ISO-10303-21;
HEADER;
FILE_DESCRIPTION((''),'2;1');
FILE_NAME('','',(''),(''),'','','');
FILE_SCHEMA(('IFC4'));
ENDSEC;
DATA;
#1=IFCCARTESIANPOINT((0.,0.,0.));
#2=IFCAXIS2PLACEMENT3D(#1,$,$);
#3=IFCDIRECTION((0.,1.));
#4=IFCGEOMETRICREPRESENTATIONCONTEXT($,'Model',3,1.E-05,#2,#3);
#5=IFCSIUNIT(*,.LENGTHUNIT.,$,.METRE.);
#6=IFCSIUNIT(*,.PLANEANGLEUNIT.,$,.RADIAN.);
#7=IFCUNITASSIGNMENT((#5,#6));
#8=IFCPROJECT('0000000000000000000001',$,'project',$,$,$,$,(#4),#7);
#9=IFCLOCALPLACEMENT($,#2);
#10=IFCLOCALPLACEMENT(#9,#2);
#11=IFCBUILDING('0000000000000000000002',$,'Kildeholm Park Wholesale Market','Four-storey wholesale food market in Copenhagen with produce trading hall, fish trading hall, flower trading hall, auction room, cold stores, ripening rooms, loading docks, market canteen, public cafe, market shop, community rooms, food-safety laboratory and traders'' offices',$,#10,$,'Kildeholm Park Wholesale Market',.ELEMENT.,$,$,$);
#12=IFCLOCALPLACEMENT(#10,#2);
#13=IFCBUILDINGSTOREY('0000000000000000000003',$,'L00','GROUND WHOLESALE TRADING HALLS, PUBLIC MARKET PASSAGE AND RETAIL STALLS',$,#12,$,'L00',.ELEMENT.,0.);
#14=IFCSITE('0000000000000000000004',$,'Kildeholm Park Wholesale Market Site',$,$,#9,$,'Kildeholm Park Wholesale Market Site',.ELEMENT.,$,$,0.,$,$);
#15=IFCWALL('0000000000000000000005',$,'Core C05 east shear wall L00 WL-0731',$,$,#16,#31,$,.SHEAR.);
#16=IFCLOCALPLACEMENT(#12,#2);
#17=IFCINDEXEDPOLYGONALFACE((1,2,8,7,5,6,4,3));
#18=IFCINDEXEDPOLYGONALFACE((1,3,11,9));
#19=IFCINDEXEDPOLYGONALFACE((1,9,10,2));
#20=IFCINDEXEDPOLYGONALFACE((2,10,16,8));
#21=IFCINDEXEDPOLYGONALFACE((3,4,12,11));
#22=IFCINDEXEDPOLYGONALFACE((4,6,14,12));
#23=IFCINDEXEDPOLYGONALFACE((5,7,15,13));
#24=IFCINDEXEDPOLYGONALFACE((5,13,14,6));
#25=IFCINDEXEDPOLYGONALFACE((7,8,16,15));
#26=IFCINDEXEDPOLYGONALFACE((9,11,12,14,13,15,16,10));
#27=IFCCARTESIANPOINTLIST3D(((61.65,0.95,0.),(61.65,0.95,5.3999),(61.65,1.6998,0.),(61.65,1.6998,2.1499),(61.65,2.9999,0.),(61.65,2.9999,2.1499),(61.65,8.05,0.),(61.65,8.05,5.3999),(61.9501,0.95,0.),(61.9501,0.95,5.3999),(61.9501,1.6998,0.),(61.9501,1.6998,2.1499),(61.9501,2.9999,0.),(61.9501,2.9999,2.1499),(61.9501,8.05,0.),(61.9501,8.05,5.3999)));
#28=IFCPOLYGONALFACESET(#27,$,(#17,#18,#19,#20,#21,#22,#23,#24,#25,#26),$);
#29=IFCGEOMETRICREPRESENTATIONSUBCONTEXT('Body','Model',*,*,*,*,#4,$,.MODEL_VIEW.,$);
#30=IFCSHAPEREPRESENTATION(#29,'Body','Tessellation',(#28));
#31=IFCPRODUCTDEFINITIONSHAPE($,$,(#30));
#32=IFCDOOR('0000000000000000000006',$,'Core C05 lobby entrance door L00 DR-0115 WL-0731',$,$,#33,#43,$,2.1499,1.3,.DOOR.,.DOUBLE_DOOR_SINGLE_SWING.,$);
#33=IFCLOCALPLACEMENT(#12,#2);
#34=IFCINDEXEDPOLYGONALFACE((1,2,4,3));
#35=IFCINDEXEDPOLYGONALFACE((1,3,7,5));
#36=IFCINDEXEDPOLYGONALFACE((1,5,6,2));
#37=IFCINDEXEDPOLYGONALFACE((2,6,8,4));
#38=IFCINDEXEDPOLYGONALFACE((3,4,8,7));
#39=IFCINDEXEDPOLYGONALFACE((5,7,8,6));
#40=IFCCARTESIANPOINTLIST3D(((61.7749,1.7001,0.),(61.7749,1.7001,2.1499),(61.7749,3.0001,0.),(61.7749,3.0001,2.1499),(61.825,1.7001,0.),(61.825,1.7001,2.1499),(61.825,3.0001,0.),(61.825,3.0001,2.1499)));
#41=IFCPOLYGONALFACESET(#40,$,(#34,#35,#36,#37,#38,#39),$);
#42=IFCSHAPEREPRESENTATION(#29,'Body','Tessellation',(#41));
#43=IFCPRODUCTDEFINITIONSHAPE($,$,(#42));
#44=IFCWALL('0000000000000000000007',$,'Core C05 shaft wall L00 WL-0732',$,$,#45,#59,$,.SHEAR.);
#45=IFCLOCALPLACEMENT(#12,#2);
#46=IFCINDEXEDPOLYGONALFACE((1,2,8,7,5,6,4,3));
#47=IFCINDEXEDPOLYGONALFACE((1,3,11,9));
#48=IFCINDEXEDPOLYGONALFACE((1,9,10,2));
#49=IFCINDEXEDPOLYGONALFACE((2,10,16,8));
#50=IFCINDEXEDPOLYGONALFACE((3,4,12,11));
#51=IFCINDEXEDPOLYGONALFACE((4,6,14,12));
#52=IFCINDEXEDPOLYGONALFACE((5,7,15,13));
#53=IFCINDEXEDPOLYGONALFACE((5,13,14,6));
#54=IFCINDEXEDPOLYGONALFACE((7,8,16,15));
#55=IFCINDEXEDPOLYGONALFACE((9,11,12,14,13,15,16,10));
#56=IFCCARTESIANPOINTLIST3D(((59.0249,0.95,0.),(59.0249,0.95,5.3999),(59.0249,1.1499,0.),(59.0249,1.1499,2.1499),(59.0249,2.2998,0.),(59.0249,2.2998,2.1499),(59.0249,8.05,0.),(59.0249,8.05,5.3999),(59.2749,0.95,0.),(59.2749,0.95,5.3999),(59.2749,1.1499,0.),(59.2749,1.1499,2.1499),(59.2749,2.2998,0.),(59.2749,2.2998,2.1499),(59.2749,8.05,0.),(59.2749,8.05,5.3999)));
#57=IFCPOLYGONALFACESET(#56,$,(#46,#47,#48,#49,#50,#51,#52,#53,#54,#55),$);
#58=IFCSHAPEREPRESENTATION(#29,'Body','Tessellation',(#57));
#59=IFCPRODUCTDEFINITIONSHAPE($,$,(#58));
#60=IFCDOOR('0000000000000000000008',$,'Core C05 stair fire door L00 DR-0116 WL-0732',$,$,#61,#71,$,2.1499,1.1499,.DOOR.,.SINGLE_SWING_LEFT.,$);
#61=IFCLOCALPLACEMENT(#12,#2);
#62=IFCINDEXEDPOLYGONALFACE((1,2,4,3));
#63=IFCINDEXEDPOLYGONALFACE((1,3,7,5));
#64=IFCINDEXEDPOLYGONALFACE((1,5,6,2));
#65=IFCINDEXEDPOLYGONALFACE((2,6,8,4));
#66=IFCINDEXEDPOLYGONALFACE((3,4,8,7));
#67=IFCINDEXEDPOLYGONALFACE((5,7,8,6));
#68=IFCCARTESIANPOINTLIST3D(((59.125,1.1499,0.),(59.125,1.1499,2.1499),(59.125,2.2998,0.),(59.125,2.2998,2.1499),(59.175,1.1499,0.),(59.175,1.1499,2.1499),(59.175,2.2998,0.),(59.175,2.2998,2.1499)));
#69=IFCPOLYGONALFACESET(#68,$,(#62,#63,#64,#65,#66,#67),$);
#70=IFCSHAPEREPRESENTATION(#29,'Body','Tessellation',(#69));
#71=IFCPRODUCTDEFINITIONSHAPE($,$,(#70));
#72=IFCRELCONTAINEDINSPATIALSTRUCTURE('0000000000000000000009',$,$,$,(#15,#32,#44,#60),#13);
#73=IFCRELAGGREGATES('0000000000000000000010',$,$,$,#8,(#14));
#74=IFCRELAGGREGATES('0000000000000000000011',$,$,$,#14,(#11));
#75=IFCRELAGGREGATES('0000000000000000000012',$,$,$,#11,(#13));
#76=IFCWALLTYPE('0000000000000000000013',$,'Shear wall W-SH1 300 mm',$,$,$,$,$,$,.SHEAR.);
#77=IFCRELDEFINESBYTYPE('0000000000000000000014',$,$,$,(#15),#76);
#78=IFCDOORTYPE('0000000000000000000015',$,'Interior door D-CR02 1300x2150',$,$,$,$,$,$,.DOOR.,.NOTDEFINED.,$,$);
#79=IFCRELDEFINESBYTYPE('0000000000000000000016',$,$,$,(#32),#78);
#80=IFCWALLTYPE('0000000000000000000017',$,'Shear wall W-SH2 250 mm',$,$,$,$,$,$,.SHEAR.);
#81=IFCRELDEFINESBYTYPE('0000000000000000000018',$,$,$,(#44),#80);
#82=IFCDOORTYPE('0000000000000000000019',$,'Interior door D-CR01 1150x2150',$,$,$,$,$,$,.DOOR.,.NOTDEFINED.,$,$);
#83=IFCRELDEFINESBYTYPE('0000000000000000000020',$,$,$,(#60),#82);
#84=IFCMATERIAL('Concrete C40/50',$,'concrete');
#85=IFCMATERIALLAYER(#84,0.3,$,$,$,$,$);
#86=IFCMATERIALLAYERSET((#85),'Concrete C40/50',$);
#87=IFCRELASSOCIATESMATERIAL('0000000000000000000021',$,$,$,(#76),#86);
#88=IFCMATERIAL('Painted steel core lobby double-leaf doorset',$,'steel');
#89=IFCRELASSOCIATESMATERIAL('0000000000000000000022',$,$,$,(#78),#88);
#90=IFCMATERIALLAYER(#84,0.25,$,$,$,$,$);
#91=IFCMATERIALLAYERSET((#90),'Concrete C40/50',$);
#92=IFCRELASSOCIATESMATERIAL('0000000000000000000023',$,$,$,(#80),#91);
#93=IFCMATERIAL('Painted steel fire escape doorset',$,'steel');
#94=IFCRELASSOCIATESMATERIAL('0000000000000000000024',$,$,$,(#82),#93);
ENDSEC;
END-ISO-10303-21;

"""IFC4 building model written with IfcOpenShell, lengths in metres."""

from ifc_helpers import new_model, si_unit, direction, frame, frame_2d, origin, place, context, subcontext, project, spatial, rectangle, extrude, material, layer, layer_set, type_object, element, fill, save


model = new_model("IFC4")

# Units and contexts
model_context = context("Model", 3, precision=1e-05, world=origin(), true_north=direction((0.0, 1.0)))
body_context = subcontext(model_context, "Body", "Model", "MODEL_VIEW")
ifc_project = project(units=[si_unit("LENGTHUNIT", "METRE"), si_unit("PLANEANGLEUNIT", "RADIAN")], contexts=[model_context])

# Site, building, storey
site_placement = place(None, origin())
site = spatial("IfcSite", under=ifc_project, at=site_placement, Name="Kildeholm Park Wholesale Market Site", LongName="Kildeholm Park Wholesale Market Site", CompositionType="ELEMENT", RefElevation=0.0)
building_placement = place(site_placement, origin())
building = spatial("IfcBuilding", under=site, at=building_placement, Name="Kildeholm Park Wholesale Market", Description="Four-storey wholesale food market in Copenhagen with produce trading hall, fish trading hall, flower trading hall, auction room, cold stores, ripening rooms, loading docks, market canteen, public cafe, market shop, community rooms, food-safety laboratory and traders' offices", LongName="Kildeholm Park Wholesale Market", CompositionType="ELEMENT")
storey_placement = place(building_placement, origin())
storey = spatial("IfcBuildingStorey", under=building, at=storey_placement, Name="L00", Description="GROUND WHOLESALE TRADING HALLS, PUBLIC MARKET PASSAGE AND RETAIL STALLS", LongName="L00", CompositionType="ELEMENT", Elevation=0.0)

# Walls, openings, doors
ifc_material_1 = material(Name="Concrete C40/50", Category="concrete")
ifc_layer_1 = layer(ifc_material_1, 0.3)
ifc_layer_set_1 = layer_set([ifc_layer_1], Name="Concrete C40/50")
wall_type_1 = type_object("IfcWallType", Name="Shear wall W-SH1 300 mm", PredefinedType="SHEAR", material=ifc_layer_set_1)
wall_1_placement = place(storey_placement, frame((61.8, 0.95, 0.0), z_axis=(0.0, 0.0, 1.0), x_axis=(0.0, 1.0, 0.0)))
wall_1 = element("IfcWall", 1, at=wall_1_placement, inside=storey, type_object=wall_type_1, Name="Core C05 east shear wall L00 WL-0731", PredefinedType="SHEAR", context=body_context, shape_type="SweptSolid", body=[
    extrude(rectangle(XDim=7.1001, YDim=0.3, at=frame_2d((3.55, 0.0))), origin(), (0.0, 0.0, 1.0), 5.3999),
])
opening_1_placement = place(wall_1_placement, frame((0.75, 0.0, 0.0)))
opening_1 = element("IfcOpeningElement", 2, at=opening_1_placement, cuts=wall_1, PredefinedType="OPENING", context=body_context, shape_type="SweptSolid", body=[
    extrude(rectangle(XDim=1.3, YDim=2.1499, at=frame_2d((0.6499, 1.075))), frame((0.0, 0.1599, 0.0), z_axis=(0.0, -1.0, 0.0), x_axis=(1.0, 0.0, 0.0)), (0.0, 0.0, 1.0), 0.3201),
])
ifc_material_2 = material(Name="Painted steel core lobby double-leaf doorset", Category="steel")
door_type_1 = type_object("IfcDoorType", Name="Interior door D-CR02 1300x2150", OperationType="NOTDEFINED", PredefinedType="DOOR", material=ifc_material_2)
door_1_placement = place(opening_1_placement, frame((1.3, 0.0, 0.0), z_axis=(0.0, 0.0, 1.0), x_axis=(-1.0, 0.0, 0.0)))
door_1 = element("IfcDoor", 3, at=door_1_placement, inside=storey, type_object=door_type_1, Name="Core C05 lobby entrance door L00 DR-0115 WL-0731", OperationType="DOUBLE_DOOR_SINGLE_SWING", OverallHeight=2.1499, OverallWidth=1.3, PredefinedType="DOOR", context=body_context, shape_type="SweptSolid", body=[
    extrude(rectangle(XDim=1.3, YDim=2.1499, at=frame_2d((0.6499, 1.075))), frame((0.0, 0.0249, 0.0), z_axis=(0.0, -1.0, 0.0), x_axis=(1.0, 0.0, 0.0)), (0.0, 0.0, 1.0), 0.05),
])
fill(opening_1, door_1)
ifc_layer_2 = layer(ifc_material_1, 0.25)
ifc_layer_set_2 = layer_set([ifc_layer_2], Name="Concrete C40/50")
wall_type_2 = type_object("IfcWallType", Name="Shear wall W-SH2 250 mm", PredefinedType="SHEAR", material=ifc_layer_set_2)
wall_2_placement = place(storey_placement, frame((59.1499, 0.95, 0.0), z_axis=(0.0, 0.0, 1.0), x_axis=(0.0, 1.0, 0.0)))
wall_2 = element("IfcWall", 4, at=wall_2_placement, inside=storey, type_object=wall_type_2, Name="Core C05 shaft wall L00 WL-0732", PredefinedType="SHEAR", context=body_context, shape_type="SweptSolid", body=[
    extrude(rectangle(XDim=7.1001, YDim=0.25, at=frame_2d((3.55, 0.0))), origin(), (0.0, 0.0, 1.0), 5.3999),
])
opening_2_placement = place(wall_2_placement, frame((0.2, 0.0, 0.0)))
opening_2 = element("IfcOpeningElement", 5, at=opening_2_placement, cuts=wall_2, PredefinedType="OPENING", context=body_context, shape_type="SweptSolid", body=[
    extrude(rectangle(XDim=1.1499, YDim=2.1499, at=frame_2d((0.575, 1.075))), frame((0.0, 0.135, 0.0), z_axis=(0.0, -1.0, 0.0), x_axis=(1.0, 0.0, 0.0)), (0.0, 0.0, 1.0), 0.27),
])
ifc_material_3 = material(Name="Painted steel fire escape doorset", Category="steel")
door_type_2 = type_object("IfcDoorType", Name="Interior door D-CR01 1150x2150", OperationType="NOTDEFINED", PredefinedType="DOOR", material=ifc_material_3)
door_2_placement = place(opening_2_placement, origin())
door_2 = element("IfcDoor", 6, at=door_2_placement, inside=storey, type_object=door_type_2, Name="Core C05 stair fire door L00 DR-0116 WL-0732", OperationType="SINGLE_SWING_LEFT", OverallHeight=2.1499, OverallWidth=1.1499, PredefinedType="DOOR", context=body_context, shape_type="SweptSolid", body=[
    extrude(rectangle(XDim=1.1499, YDim=2.1499, at=frame_2d((0.575, 1.075))), frame((0.0, 0.0249, 0.0), z_axis=(0.0, -1.0, 0.0), x_axis=(1.0, 0.0, 0.0)), (0.0, 0.0, 1.0), 0.05),
])
fill(opening_2, door_2)

save(model, "model.ifc")
